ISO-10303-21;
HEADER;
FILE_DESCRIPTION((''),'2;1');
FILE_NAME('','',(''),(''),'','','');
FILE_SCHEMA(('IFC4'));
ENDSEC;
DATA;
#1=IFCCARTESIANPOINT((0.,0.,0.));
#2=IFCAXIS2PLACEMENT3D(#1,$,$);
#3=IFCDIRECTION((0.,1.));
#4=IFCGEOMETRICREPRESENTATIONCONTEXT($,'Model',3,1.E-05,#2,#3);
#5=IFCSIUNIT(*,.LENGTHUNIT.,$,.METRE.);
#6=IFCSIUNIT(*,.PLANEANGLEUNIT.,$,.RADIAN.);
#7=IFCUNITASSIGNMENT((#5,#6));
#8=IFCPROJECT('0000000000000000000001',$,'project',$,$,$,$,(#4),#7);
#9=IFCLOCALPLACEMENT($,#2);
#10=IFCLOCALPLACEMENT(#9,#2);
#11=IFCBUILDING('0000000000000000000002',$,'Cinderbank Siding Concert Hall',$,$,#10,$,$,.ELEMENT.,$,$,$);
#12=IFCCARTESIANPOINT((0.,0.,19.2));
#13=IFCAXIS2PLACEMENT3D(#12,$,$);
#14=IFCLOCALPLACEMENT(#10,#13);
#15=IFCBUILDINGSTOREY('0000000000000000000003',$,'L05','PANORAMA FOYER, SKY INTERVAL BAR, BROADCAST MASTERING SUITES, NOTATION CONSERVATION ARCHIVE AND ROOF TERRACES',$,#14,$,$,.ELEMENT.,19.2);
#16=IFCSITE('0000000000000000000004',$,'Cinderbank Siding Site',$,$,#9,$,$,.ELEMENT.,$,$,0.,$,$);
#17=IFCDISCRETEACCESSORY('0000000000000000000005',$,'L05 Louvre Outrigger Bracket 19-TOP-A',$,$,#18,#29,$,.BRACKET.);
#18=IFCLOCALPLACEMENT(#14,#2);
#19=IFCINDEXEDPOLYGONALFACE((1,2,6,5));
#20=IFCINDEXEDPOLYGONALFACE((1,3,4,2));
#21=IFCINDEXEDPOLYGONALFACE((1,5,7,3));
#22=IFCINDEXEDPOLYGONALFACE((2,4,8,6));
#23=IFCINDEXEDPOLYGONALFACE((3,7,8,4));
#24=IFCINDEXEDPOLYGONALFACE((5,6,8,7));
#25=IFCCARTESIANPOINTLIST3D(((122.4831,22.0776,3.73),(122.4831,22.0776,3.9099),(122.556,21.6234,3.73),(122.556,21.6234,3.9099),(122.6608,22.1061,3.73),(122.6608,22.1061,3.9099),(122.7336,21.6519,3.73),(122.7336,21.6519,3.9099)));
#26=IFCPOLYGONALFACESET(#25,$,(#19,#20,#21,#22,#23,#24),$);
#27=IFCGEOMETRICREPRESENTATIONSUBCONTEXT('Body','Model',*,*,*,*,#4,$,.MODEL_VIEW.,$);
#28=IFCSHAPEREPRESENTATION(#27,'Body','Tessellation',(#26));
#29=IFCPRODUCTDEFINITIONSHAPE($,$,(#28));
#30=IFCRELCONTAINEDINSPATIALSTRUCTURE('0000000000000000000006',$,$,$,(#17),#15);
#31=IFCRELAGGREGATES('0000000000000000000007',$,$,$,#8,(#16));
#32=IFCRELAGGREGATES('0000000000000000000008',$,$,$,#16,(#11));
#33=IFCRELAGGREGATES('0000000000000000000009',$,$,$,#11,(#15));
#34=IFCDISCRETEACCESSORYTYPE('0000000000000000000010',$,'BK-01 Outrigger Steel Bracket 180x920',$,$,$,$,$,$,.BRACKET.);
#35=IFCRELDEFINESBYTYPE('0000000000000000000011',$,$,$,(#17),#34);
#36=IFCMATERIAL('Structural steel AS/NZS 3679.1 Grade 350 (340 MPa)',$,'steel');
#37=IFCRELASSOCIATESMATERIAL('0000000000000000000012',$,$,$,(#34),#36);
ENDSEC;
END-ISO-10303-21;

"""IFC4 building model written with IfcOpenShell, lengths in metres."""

from ifc_helpers import new_model, si_unit, direction, frame, origin, origin_2d, place, context, subcontext, project, spatial, rectangle, extrude, material, type_object, element, save


model = new_model("IFC4")

# Units and contexts
model_context = context("Model", 3, precision=1e-05, world=origin(), true_north=direction((0.0, 1.0)))
body_context = subcontext(model_context, "Body", "Model", "MODEL_VIEW")
ifc_project = project(units=[si_unit("LENGTHUNIT", "METRE"), si_unit("PLANEANGLEUNIT", "RADIAN")], contexts=[model_context])

# Site, building, storey
site_placement = place(None, origin())
site = spatial("IfcSite", under=ifc_project, at=site_placement, Name="Cinderbank Siding Site", CompositionType="ELEMENT", RefElevation=0.0)
building_placement = place(site_placement, origin())
building = spatial("IfcBuilding", under=site, at=building_placement, Name="Cinderbank Siding Concert Hall", CompositionType="ELEMENT")
storey_placement = place(building_placement, frame((0.0, 0.0, 19.2)))
storey = spatial("IfcBuildingStorey", under=building, at=storey_placement, Name="L05", Description="PANORAMA FOYER, SKY INTERVAL BAR, BROADCAST MASTERING SUITES, NOTATION CONSERVATION ARCHIVE AND ROOF TERRACES", CompositionType="ELEMENT", Elevation=19.2)

# Shared definitions
ifc_material_1 = material(Name="Structural steel AS/NZS 3679.1 Grade 350 (340 MPa)", Category="steel")

# Discrete accessory
discrete_accessory_type = type_object("IfcDiscreteAccessoryType", Name="BK-01 Outrigger Steel Bracket 180x920", PredefinedType="BRACKET", material=ifc_material_1)
discrete_accessory_placement = place(storey_placement, frame((122.6084, 21.8647, 3.73), z_axis=(0.0, 0.0, 1.0), x_axis=(0.158354, -0.987382, 0.0)))
element("IfcDiscreteAccessory", 1, at=discrete_accessory_placement, inside=storey, type_object=discrete_accessory_type, Name="L05 Louvre Outrigger Bracket 19-TOP-A", PredefinedType="BRACKET", context=body_context, shape_type="SweptSolid", body=[
    extrude(rectangle(XDim=0.46, YDim=0.1799, at=origin_2d()), origin(), (0.0, 0.0, 1.0), 0.1799),
])

save(model, "model.ifc")
